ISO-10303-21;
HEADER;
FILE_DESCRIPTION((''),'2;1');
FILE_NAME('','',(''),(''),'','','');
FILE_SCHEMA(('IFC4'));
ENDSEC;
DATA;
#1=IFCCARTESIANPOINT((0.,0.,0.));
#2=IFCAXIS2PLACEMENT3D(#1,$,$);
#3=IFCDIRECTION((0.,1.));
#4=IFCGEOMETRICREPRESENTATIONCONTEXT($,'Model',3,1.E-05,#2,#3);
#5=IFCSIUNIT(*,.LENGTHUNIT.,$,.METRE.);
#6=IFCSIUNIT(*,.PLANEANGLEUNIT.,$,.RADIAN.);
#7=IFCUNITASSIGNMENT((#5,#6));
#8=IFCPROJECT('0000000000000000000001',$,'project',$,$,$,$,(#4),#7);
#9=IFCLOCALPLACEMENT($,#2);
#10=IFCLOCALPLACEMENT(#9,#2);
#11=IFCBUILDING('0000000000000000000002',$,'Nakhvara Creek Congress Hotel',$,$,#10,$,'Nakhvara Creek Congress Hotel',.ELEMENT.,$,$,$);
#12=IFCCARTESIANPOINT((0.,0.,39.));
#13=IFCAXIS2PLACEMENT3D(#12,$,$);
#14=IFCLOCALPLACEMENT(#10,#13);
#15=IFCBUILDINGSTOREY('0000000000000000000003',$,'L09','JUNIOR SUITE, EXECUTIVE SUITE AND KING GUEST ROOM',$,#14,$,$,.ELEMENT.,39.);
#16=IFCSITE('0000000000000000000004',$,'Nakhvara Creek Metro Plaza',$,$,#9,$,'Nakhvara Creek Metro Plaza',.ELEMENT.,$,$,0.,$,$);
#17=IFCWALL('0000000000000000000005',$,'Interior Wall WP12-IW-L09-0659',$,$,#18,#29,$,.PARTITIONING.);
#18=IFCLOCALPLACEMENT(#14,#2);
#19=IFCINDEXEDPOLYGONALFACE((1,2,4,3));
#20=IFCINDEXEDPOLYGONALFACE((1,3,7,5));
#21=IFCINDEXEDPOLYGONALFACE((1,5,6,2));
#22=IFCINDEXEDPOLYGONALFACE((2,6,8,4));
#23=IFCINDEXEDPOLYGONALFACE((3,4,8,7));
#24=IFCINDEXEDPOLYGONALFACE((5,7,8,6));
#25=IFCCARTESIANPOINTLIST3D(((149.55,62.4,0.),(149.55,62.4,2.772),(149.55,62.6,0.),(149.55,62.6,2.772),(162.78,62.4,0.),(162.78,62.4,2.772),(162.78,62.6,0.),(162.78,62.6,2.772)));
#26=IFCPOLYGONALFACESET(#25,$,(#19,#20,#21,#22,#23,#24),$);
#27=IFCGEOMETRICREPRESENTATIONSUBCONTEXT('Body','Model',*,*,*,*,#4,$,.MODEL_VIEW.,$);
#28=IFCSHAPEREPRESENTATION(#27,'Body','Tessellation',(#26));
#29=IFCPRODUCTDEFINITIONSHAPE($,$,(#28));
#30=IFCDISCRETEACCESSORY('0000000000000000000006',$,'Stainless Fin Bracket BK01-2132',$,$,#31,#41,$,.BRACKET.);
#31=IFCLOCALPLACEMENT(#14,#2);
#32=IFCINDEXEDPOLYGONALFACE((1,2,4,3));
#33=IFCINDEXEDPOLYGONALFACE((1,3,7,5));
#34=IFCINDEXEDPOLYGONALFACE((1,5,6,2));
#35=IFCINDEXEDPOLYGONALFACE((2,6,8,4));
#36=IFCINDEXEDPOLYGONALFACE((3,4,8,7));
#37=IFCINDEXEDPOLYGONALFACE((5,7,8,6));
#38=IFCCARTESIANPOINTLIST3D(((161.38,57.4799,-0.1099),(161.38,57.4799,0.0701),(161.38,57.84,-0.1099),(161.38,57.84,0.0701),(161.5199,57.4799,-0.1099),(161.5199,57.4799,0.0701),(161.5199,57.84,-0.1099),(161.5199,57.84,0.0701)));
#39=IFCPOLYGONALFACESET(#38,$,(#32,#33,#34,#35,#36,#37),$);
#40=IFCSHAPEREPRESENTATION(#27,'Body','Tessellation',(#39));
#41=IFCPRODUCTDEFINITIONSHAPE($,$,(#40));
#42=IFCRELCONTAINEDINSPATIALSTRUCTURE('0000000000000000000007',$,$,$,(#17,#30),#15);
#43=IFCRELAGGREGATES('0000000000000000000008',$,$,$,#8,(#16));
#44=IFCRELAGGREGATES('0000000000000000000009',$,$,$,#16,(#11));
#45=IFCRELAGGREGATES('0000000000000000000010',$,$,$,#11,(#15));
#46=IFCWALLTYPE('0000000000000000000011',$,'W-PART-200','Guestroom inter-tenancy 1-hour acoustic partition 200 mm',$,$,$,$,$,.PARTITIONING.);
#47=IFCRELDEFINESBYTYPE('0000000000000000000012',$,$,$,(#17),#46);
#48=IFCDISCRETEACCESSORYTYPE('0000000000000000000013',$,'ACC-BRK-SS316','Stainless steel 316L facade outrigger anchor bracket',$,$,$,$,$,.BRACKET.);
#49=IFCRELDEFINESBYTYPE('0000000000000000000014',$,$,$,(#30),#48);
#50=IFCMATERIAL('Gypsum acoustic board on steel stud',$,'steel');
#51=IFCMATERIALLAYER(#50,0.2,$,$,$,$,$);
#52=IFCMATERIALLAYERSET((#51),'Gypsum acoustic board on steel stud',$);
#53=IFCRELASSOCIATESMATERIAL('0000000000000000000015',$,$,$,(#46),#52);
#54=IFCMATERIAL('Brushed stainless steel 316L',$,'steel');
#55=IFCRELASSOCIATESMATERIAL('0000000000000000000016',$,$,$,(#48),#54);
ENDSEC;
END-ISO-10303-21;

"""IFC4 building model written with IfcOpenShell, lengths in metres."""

from ifc_helpers import new_model, si_unit, direction, frame, frame_2d, origin, origin_2d, place, context, subcontext, project, spatial, rectangle, extrude, material, layer, layer_set, type_object, element, save


model = new_model("IFC4")

# Units and contexts
model_context = context("Model", 3, precision=1e-05, world=origin(), true_north=direction((0.0, 1.0)))
body_context = subcontext(model_context, "Body", "Model", "MODEL_VIEW")
ifc_project = project(units=[si_unit("LENGTHUNIT", "METRE"), si_unit("PLANEANGLEUNIT", "RADIAN")], contexts=[model_context])

# Site, building, storey
site_placement = place(None, origin())
site = spatial("IfcSite", under=ifc_project, at=site_placement, Name="Nakhvara Creek Metro Plaza", LongName="Nakhvara Creek Metro Plaza", CompositionType="ELEMENT", RefElevation=0.0)
building_placement = place(site_placement, origin())
building = spatial("IfcBuilding", under=site, at=building_placement, Name="Nakhvara Creek Congress Hotel", LongName="Nakhvara Creek Congress Hotel", CompositionType="ELEMENT")
storey_placement = place(building_placement, frame((0.0, 0.0, 39.0)))
storey = spatial("IfcBuildingStorey", under=building, at=storey_placement, Name="L09", Description="JUNIOR SUITE, EXECUTIVE SUITE AND KING GUEST ROOM", CompositionType="ELEMENT", Elevation=39.0)

# Wall
ifc_material_1 = material(Name="Gypsum acoustic board on steel stud", Category="steel")
ifc_layer_1 = layer(ifc_material_1, 0.2)
ifc_layer_set_1 = layer_set([ifc_layer_1], Name="Gypsum acoustic board on steel stud")
wall_type_1 = type_object("IfcWallType", Name="W-PART-200", Description="Guestroom inter-tenancy 1-hour acoustic partition 200 mm", PredefinedType="PARTITIONING", material=ifc_layer_set_1)
wall_1_placement = place(storey_placement, frame((149.55, 62.5, 0.0), z_axis=(0.0, 0.0, 1.0), x_axis=(1.0, 0.0, 0.0)))
element("IfcWall", 1, at=wall_1_placement, inside=storey, type_object=wall_type_1, Name="Interior Wall WP12-IW-L09-0659", PredefinedType="PARTITIONING", context=body_context, shape_type="SweptSolid", body=[
    extrude(rectangle(XDim=13.23, YDim=0.2, at=frame_2d((6.615, 0.0))), origin(), (0.0, 0.0, 1.0), 2.772),
])

# Discrete accessory
ifc_material_2 = material(Name="Brushed stainless steel 316L", Category="steel")
discrete_accessory_type = type_object("IfcDiscreteAccessoryType", Name="ACC-BRK-SS316", Description="Stainless steel 316L facade outrigger anchor bracket", PredefinedType="BRACKET", material=ifc_material_2)
discrete_accessory_placement = place(storey_placement, frame((161.45, 57.6599, -0.1099), z_axis=(0.0, 0.0, 1.0), x_axis=(1.0, 0.0, 0.0)))
element("IfcDiscreteAccessory", 2, at=discrete_accessory_placement, inside=storey, type_object=discrete_accessory_type, Name="Stainless Fin Bracket BK01-2132", PredefinedType="BRACKET", context=body_context, shape_type="SweptSolid", body=[
    extrude(rectangle(XDim=0.1399, YDim=0.3601, at=origin_2d()), origin(), (0.0, 0.0, 1.0), 0.1799),
])

save(model, "model.ifc")
